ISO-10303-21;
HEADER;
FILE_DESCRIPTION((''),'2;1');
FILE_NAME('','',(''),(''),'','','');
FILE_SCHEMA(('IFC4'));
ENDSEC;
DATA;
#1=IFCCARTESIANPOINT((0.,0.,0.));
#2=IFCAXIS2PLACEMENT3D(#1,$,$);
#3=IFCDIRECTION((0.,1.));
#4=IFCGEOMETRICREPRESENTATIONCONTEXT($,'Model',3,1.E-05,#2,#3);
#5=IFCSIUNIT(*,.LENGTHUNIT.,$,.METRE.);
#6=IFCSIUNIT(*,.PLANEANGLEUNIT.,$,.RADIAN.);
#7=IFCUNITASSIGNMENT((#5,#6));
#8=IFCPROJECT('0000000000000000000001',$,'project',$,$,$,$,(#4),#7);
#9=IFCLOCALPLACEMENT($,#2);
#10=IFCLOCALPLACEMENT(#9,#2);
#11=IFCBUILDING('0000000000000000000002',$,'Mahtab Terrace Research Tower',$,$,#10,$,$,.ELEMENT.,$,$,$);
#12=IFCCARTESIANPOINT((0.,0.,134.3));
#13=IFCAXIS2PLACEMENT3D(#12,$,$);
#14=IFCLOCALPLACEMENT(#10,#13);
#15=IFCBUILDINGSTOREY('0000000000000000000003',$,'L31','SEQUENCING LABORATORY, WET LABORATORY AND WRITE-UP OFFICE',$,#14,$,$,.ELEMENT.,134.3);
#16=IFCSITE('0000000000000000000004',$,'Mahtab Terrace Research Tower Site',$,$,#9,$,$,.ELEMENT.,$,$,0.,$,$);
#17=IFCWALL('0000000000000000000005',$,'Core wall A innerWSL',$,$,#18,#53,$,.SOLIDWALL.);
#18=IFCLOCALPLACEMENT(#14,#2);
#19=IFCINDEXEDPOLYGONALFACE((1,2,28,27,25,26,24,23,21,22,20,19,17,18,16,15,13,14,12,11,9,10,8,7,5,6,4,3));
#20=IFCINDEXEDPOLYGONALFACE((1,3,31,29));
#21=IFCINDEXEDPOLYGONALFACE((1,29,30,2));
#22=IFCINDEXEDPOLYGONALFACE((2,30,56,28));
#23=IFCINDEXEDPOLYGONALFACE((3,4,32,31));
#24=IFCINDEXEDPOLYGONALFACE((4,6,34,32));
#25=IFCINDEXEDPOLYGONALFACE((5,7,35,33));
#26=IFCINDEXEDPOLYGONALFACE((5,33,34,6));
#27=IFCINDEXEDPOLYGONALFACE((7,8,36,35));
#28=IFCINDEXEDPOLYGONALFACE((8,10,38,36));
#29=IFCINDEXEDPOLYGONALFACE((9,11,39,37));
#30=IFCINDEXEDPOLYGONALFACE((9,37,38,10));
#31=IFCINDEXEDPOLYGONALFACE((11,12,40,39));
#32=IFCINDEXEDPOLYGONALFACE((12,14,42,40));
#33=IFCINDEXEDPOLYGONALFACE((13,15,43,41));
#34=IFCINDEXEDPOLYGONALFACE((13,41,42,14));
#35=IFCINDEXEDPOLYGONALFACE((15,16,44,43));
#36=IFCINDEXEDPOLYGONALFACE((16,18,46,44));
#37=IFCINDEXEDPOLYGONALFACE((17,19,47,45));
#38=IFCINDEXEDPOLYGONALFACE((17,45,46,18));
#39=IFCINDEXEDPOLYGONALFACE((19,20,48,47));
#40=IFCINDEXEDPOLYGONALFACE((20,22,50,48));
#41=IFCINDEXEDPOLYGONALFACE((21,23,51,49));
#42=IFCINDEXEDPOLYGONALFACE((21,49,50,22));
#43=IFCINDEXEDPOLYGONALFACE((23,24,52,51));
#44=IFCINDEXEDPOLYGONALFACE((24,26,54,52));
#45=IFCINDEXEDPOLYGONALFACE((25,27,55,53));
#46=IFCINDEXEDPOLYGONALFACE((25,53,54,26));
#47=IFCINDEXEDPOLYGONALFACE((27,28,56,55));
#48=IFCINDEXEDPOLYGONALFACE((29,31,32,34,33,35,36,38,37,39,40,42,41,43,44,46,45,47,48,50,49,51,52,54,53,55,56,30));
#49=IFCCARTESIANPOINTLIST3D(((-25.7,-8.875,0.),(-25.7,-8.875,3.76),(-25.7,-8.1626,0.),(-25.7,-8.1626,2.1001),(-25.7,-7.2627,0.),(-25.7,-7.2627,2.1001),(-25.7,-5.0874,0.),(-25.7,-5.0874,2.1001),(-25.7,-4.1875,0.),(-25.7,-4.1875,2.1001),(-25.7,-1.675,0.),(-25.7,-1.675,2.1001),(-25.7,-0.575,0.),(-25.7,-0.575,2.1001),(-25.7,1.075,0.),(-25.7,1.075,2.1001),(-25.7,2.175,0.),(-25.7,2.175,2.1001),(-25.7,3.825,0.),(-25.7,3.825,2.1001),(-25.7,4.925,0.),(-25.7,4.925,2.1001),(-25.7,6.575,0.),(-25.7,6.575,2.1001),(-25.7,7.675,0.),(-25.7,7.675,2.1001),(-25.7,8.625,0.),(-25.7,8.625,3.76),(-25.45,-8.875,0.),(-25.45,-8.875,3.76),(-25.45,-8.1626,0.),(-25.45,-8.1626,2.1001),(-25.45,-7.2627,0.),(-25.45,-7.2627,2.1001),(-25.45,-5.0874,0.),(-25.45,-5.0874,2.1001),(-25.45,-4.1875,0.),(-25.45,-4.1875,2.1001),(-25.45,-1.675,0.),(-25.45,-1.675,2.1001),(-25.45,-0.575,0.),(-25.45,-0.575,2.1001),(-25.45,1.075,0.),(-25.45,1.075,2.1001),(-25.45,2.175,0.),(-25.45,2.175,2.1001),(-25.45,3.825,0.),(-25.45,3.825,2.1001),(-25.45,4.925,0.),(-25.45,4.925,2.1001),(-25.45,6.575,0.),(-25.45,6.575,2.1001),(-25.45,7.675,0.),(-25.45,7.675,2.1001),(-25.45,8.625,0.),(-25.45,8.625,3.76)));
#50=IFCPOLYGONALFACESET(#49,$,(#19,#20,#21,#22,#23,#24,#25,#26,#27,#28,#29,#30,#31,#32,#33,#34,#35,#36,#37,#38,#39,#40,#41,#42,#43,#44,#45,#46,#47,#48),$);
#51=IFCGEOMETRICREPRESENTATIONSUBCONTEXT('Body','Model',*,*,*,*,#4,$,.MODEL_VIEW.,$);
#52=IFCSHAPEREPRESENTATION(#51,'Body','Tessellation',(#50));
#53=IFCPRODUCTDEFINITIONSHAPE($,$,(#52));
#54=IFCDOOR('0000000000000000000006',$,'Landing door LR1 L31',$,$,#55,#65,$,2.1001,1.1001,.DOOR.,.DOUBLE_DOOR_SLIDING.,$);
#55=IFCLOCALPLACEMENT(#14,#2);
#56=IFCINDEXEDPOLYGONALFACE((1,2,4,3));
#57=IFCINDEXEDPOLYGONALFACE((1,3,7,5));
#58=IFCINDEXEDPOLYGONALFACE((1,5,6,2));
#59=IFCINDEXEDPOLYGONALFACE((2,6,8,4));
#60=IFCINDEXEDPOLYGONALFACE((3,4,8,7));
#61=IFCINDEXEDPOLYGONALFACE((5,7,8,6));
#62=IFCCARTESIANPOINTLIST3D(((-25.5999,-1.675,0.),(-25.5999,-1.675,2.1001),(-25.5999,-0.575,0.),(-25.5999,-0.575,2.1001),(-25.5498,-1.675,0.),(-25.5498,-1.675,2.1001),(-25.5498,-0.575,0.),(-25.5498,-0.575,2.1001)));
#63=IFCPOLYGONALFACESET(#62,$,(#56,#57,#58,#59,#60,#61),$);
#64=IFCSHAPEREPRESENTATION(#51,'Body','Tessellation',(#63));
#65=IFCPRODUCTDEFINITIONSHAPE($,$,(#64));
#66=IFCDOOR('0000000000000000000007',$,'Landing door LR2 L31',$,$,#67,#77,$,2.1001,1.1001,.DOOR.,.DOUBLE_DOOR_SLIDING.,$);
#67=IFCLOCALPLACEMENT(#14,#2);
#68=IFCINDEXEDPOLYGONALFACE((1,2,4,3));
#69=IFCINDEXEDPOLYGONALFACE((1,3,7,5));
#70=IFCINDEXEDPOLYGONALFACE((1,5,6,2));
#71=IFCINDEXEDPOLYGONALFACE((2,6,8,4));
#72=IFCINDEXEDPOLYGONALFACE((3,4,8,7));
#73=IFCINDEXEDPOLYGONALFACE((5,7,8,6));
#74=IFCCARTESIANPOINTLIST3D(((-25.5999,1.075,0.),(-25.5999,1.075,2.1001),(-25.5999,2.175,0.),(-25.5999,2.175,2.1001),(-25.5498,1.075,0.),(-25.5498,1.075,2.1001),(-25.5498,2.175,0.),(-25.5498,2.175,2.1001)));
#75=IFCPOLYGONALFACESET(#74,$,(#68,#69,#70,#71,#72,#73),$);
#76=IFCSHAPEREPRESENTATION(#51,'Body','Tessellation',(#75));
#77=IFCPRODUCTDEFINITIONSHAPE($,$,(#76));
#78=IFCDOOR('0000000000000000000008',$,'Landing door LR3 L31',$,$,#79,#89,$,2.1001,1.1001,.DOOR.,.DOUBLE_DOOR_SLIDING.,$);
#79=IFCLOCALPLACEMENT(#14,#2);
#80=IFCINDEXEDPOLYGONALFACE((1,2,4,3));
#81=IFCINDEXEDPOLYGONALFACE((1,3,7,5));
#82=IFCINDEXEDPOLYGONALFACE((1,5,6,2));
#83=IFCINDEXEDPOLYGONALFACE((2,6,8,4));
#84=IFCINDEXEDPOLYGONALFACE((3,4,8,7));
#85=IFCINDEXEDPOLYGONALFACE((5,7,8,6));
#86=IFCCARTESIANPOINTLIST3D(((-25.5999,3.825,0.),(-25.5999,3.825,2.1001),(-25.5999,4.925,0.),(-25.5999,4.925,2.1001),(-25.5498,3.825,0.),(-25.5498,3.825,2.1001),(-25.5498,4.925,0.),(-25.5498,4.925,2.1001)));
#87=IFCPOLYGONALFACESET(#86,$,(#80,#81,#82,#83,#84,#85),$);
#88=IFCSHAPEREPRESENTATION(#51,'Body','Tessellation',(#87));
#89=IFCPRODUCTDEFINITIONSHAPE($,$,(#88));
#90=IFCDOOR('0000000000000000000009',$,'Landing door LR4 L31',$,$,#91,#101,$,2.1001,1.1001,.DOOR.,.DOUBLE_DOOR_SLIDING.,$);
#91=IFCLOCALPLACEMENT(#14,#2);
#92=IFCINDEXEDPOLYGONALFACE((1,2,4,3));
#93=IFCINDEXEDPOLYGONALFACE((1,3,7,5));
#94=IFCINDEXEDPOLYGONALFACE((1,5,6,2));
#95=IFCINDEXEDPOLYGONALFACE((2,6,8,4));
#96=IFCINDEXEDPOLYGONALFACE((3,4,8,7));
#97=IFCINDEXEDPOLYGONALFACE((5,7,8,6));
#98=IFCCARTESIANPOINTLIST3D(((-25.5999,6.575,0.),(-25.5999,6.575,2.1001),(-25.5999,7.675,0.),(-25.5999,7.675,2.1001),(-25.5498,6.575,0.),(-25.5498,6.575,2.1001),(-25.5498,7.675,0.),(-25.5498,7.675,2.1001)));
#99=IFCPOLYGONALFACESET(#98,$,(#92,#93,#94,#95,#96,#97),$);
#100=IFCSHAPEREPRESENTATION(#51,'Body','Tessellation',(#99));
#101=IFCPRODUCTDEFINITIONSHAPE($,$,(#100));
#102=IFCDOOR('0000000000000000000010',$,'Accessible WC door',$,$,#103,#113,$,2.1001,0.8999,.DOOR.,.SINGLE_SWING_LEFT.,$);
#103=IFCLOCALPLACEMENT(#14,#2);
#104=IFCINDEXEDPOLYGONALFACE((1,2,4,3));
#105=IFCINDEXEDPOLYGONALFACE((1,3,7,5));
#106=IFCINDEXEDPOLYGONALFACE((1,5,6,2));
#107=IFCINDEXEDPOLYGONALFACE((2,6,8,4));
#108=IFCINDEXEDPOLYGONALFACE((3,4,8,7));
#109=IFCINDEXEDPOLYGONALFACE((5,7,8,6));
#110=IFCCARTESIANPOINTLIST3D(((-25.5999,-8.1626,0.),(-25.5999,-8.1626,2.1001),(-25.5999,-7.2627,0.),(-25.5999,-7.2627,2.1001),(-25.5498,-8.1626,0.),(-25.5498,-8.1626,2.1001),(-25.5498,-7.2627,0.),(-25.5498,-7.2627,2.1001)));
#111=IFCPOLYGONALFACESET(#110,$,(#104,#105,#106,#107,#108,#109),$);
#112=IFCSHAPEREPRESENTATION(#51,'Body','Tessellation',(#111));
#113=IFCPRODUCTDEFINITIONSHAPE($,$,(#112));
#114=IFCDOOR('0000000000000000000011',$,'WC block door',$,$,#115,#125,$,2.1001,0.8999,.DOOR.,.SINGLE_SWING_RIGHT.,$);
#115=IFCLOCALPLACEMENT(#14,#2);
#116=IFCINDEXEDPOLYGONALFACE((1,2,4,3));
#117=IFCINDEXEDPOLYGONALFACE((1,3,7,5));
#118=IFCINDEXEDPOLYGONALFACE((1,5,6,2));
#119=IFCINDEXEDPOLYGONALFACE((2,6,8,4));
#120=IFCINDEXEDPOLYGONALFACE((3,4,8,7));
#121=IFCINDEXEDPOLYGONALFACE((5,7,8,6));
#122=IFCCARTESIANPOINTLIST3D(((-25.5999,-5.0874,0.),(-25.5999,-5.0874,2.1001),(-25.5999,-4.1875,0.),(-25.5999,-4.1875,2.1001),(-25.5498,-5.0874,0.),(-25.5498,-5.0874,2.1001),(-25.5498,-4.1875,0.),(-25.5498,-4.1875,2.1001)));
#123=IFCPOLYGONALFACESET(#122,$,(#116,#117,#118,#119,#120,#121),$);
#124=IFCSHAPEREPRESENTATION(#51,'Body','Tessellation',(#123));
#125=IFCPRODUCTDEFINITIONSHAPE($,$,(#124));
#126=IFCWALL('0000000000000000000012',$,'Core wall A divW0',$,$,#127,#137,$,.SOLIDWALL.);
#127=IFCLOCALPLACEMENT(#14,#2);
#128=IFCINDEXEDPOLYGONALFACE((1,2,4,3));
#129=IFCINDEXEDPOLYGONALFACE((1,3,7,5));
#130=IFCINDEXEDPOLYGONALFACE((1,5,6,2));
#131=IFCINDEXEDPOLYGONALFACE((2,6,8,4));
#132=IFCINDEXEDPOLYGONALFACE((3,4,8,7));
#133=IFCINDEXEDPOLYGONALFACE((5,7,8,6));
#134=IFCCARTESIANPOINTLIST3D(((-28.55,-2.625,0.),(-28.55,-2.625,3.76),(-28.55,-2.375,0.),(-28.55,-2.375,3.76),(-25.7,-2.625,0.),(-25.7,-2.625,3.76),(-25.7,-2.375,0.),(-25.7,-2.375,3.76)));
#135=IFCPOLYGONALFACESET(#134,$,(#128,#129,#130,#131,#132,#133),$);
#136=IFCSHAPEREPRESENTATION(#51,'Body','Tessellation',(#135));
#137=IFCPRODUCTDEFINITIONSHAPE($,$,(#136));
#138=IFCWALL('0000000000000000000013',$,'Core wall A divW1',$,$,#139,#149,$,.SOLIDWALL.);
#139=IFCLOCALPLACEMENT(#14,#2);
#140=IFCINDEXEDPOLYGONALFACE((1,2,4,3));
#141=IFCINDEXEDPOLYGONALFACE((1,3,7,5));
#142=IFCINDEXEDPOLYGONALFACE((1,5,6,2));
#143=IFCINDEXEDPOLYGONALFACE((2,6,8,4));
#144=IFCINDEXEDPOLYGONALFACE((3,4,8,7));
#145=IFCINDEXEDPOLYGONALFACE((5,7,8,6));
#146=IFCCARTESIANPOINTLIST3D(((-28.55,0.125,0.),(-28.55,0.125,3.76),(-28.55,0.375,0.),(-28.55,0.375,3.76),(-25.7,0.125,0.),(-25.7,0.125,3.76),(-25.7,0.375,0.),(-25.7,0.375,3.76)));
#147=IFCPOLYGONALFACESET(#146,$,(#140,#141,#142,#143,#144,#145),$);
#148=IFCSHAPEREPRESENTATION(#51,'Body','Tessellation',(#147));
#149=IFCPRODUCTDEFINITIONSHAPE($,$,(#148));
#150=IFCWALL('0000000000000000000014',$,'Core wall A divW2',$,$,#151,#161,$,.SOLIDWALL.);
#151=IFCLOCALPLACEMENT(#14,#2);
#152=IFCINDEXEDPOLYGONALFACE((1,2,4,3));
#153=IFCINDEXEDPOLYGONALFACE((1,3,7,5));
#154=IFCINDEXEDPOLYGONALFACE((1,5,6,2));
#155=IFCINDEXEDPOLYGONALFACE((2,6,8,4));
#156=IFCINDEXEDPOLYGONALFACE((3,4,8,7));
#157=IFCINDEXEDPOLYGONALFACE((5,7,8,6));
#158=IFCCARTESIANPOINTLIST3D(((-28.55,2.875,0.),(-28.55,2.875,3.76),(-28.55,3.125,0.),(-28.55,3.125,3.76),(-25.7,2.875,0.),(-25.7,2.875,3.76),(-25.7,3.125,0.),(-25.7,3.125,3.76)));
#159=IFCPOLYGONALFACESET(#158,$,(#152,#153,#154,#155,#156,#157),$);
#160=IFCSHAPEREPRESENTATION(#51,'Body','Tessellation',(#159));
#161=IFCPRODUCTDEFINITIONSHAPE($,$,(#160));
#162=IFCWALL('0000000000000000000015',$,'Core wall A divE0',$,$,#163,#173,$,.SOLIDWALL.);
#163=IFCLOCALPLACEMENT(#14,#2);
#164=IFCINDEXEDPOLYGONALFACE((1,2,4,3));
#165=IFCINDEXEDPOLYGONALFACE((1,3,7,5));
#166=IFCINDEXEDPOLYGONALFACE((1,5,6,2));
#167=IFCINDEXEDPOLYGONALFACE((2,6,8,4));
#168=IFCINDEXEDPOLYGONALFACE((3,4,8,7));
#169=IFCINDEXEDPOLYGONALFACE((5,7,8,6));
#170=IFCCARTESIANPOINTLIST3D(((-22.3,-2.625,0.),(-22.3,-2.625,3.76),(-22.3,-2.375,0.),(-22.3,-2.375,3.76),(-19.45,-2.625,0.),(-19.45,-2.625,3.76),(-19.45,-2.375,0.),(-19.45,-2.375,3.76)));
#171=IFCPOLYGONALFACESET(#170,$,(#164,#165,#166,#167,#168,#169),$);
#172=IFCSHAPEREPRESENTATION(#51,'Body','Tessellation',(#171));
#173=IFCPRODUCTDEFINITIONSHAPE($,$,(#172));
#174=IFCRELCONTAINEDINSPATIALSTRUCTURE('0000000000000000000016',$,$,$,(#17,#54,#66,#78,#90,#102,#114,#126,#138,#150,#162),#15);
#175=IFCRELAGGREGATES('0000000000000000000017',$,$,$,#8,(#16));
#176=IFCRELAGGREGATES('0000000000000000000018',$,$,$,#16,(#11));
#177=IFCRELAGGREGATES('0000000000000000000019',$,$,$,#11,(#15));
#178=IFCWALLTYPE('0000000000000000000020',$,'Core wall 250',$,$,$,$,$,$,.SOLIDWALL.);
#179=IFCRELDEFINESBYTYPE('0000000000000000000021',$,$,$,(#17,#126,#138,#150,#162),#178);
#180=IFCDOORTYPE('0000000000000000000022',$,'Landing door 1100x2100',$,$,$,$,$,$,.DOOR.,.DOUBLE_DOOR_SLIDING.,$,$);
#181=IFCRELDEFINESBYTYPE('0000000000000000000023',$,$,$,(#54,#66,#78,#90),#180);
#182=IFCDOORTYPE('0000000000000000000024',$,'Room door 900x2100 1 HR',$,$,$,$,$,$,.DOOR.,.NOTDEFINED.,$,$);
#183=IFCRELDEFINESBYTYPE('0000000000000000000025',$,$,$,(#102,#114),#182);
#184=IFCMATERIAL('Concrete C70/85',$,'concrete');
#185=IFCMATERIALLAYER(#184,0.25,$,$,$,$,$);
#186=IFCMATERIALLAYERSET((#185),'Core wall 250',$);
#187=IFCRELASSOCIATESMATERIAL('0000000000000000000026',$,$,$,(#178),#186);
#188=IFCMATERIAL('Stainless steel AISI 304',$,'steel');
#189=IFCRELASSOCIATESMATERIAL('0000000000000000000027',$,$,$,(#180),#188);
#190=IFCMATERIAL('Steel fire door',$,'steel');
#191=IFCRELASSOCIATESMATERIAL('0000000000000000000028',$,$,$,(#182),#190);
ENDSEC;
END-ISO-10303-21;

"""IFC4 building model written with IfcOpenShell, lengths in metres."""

from ifc_helpers import new_model, si_unit, direction, frame, frame_2d, origin, place, context, subcontext, project, spatial, rectangle, extrude, material, layer, layer_set, type_object, element, fill, save


model = new_model("IFC4")

# Units and contexts
model_context = context("Model", 3, precision=1e-05, world=origin(), true_north=direction((0.0, 1.0)))
body_context = subcontext(model_context, "Body", "Model", "MODEL_VIEW")
ifc_project = project(units=[si_unit("LENGTHUNIT", "METRE"), si_unit("PLANEANGLEUNIT", "RADIAN")], contexts=[model_context])

# Site, building, storey
site_placement = place(None, origin())
site = spatial("IfcSite", under=ifc_project, at=site_placement, Name="Mahtab Terrace Research Tower Site", CompositionType="ELEMENT", RefElevation=0.0)
building_placement = place(site_placement, origin())
building = spatial("IfcBuilding", under=site, at=building_placement, Name="Mahtab Terrace Research Tower", CompositionType="ELEMENT")
storey_placement = place(building_placement, frame((0.0, 0.0, 134.3)))
storey = spatial("IfcBuildingStorey", under=building, at=storey_placement, Name="L31", Description="SEQUENCING LABORATORY, WET LABORATORY AND WRITE-UP OFFICE", CompositionType="ELEMENT", Elevation=134.3)

# Shared definitions
ifc_material_1 = material(Name="Concrete C70/85", Category="concrete")

# Shared definitions
ifc_layer_1 = layer(ifc_material_1, 0.25)
ifc_layer_set_1 = layer_set([ifc_layer_1], Name="Core wall 250")
wall_type_1 = type_object("IfcWallType", Name="Core wall 250", PredefinedType="SOLIDWALL", material=ifc_layer_set_1)

# Shared definitions
ifc_material_2 = material(Name="Steel fire door", Category="steel")

# Wall, openings, doors
wall_1_placement = place(storey_placement, frame((-25.575, -8.875, 0.0), z_axis=(0.0, 0.0, 1.0), x_axis=(0.0, 1.0, 0.0)))
wall_1 = element("IfcWall", 1, at=wall_1_placement, inside=storey, type_object=wall_type_1, Name="Core wall A innerWSL", PredefinedType="SOLIDWALL", context=body_context, shape_type="SweptSolid", body=[
    extrude(rectangle(XDim=17.5, YDim=0.25, at=frame_2d((8.75, 0.0))), origin(), (0.0, 0.0, 1.0), 3.76),
])
opening_1_placement = place(wall_1_placement, frame((7.2, 0.0, 0.0)))
opening_1 = element("IfcOpeningElement", 2, at=opening_1_placement, cuts=wall_1, PredefinedType="OPENING", context=body_context, shape_type="SweptSolid", body=[
    extrude(rectangle(XDim=1.1001, YDim=2.1001, at=frame_2d((0.55, 1.05))), frame((0.0, 0.135, 0.0), z_axis=(0.0, -1.0, 0.0), x_axis=(1.0, 0.0, 0.0)), (0.0, 0.0, 1.0), 0.27),
])
opening_2_placement = place(wall_1_placement, frame((9.95, 0.0, 0.0)))
opening_2 = element("IfcOpeningElement", 3, at=opening_2_placement, cuts=wall_1, PredefinedType="OPENING", context=body_context, shape_type="SweptSolid", body=[
    extrude(rectangle(XDim=1.1001, YDim=2.1001, at=frame_2d((0.55, 1.05))), frame((0.0, 0.135, 0.0), z_axis=(0.0, -1.0, 0.0), x_axis=(1.0, 0.0, 0.0)), (0.0, 0.0, 1.0), 0.27),
])
opening_3_placement = place(wall_1_placement, frame((12.7, 0.0, 0.0)))
opening_3 = element("IfcOpeningElement", 4, at=opening_3_placement, cuts=wall_1, PredefinedType="OPENING", context=body_context, shape_type="SweptSolid", body=[
    extrude(rectangle(XDim=1.1001, YDim=2.1001, at=frame_2d((0.55, 1.05))), frame((0.0, 0.135, 0.0), z_axis=(0.0, -1.0, 0.0), x_axis=(1.0, 0.0, 0.0)), (0.0, 0.0, 1.0), 0.27),
])
opening_4_placement = place(wall_1_placement, frame((15.45, 0.0, 0.0)))
opening_4 = element("IfcOpeningElement", 5, at=opening_4_placement, cuts=wall_1, PredefinedType="OPENING", context=body_context, shape_type="SweptSolid", body=[
    extrude(rectangle(XDim=1.1001, YDim=2.1001, at=frame_2d((0.55, 1.05))), frame((0.0, 0.135, 0.0), z_axis=(0.0, -1.0, 0.0), x_axis=(1.0, 0.0, 0.0)), (0.0, 0.0, 1.0), 0.27),
])
opening_5_placement = place(wall_1_placement, frame((0.7124, 0.0, 0.0)))
opening_5 = element("IfcOpeningElement", 6, at=opening_5_placement, cuts=wall_1, PredefinedType="OPENING", context=body_context, shape_type="SweptSolid", body=[
    extrude(rectangle(XDim=0.8999, YDim=2.1001, at=frame_2d((0.45, 1.05))), frame((0.0, 0.135, 0.0), z_axis=(0.0, -1.0, 0.0), x_axis=(1.0, 0.0, 0.0)), (0.0, 0.0, 1.0), 0.27),
])
opening_6_placement = place(wall_1_placement, frame((3.7876, 0.0, 0.0)))
opening_6 = element("IfcOpeningElement", 7, at=opening_6_placement, cuts=wall_1, PredefinedType="OPENING", context=body_context, shape_type="SweptSolid", body=[
    extrude(rectangle(XDim=0.8999, YDim=2.1001, at=frame_2d((0.45, 1.05))), frame((0.0, 0.135, 0.0), z_axis=(0.0, -1.0, 0.0), x_axis=(1.0, 0.0, 0.0)), (0.0, 0.0, 1.0), 0.27),
])
ifc_material_3 = material(Name="Stainless steel AISI 304", Category="steel")
door_type_1 = type_object("IfcDoorType", Name="Landing door 1100x2100", OperationType="DOUBLE_DOOR_SLIDING", PredefinedType="DOOR", material=ifc_material_3)
door_1_placement = place(opening_1_placement, origin())
door_1 = element("IfcDoor", 8, at=door_1_placement, inside=storey, type_object=door_type_1, Name="Landing door LR1 L31", OperationType="DOUBLE_DOOR_SLIDING", OverallHeight=2.1001, OverallWidth=1.1001, PredefinedType="DOOR", context=body_context, shape_type="SweptSolid", body=[
    extrude(rectangle(XDim=1.1001, YDim=2.1001, at=frame_2d((0.55, 1.05))), frame((0.0, 0.0249, 0.0), z_axis=(0.0, -1.0, 0.0), x_axis=(1.0, 0.0, 0.0)), (0.0, 0.0, 1.0), 0.05),
])
fill(opening_1, door_1)
door_2_placement = place(opening_2_placement, origin())
door_2 = element("IfcDoor", 9, at=door_2_placement, inside=storey, type_object=door_type_1, Name="Landing door LR2 L31", OperationType="DOUBLE_DOOR_SLIDING", OverallHeight=2.1001, OverallWidth=1.1001, PredefinedType="DOOR", context=body_context, shape_type="SweptSolid", body=[
    extrude(rectangle(XDim=1.1001, YDim=2.1001, at=frame_2d((0.55, 1.05))), frame((0.0, 0.0249, 0.0), z_axis=(0.0, -1.0, 0.0), x_axis=(1.0, 0.0, 0.0)), (0.0, 0.0, 1.0), 0.05),
])
fill(opening_2, door_2)
door_3_placement = place(opening_3_placement, origin())
door_3 = element("IfcDoor", 10, at=door_3_placement, inside=storey, type_object=door_type_1, Name="Landing door LR3 L31", OperationType="DOUBLE_DOOR_SLIDING", OverallHeight=2.1001, OverallWidth=1.1001, PredefinedType="DOOR", context=body_context, shape_type="SweptSolid", body=[
    extrude(rectangle(XDim=1.1001, YDim=2.1001, at=frame_2d((0.55, 1.05))), frame((0.0, 0.0249, 0.0), z_axis=(0.0, -1.0, 0.0), x_axis=(1.0, 0.0, 0.0)), (0.0, 0.0, 1.0), 0.05),
])
fill(opening_3, door_3)
door_4_placement = place(opening_4_placement, origin())
door_4 = element("IfcDoor", 11, at=door_4_placement, inside=storey, type_object=door_type_1, Name="Landing door LR4 L31", OperationType="DOUBLE_DOOR_SLIDING", OverallHeight=2.1001, OverallWidth=1.1001, PredefinedType="DOOR", context=body_context, shape_type="SweptSolid", body=[
    extrude(rectangle(XDim=1.1001, YDim=2.1001, at=frame_2d((0.55, 1.05))), frame((0.0, 0.0249, 0.0), z_axis=(0.0, -1.0, 0.0), x_axis=(1.0, 0.0, 0.0)), (0.0, 0.0, 1.0), 0.05),
])
fill(opening_4, door_4)
door_type_2 = type_object("IfcDoorType", Name="Room door 900x2100 1 HR", OperationType="NOTDEFINED", PredefinedType="DOOR", material=ifc_material_2)
door_5_placement = place(opening_5_placement, origin())
door_5 = element("IfcDoor", 12, at=door_5_placement, inside=storey, type_object=door_type_2, Name="Accessible WC door", OperationType="SINGLE_SWING_LEFT", OverallHeight=2.1001, OverallWidth=0.8999, PredefinedType="DOOR", context=body_context, shape_type="SweptSolid", body=[
    extrude(rectangle(XDim=0.8999, YDim=2.1001, at=frame_2d((0.45, 1.05))), frame((0.0, 0.0249, 0.0), z_axis=(0.0, -1.0, 0.0), x_axis=(1.0, 0.0, 0.0)), (0.0, 0.0, 1.0), 0.05),
])
fill(opening_5, door_5)
door_6_placement = place(opening_6_placement, origin())
door_6 = element("IfcDoor", 13, at=door_6_placement, inside=storey, type_object=door_type_2, Name="WC block door", OperationType="SINGLE_SWING_RIGHT", OverallHeight=2.1001, OverallWidth=0.8999, PredefinedType="DOOR", context=body_context, shape_type="SweptSolid", body=[
    extrude(rectangle(XDim=0.8999, YDim=2.1001, at=frame_2d((0.45, 1.05))), frame((0.0, 0.0249, 0.0), z_axis=(0.0, -1.0, 0.0), x_axis=(1.0, 0.0, 0.0)), (0.0, 0.0, 1.0), 0.05),
])
fill(opening_6, door_6)

# Walls
for number, where, z_axis, x_axis, name in (
    (14, (-28.55, -2.5, 0.0), (0.0, 0.0, 1.0), (1.0, 0.0, 0.0), "Core wall A divW0"),
    (15, (-28.55, 0.25, 0.0), (0.0, 0.0, 1.0), (1.0, 0.0, 0.0), "Core wall A divW1"),
    (16, (-28.55, 3.0, 0.0), (0.0, 0.0, 1.0), (1.0, 0.0, 0.0), "Core wall A divW2"),
    (17, (-22.3, -2.5, 0.0), (0.0, 0.0, 1.0), (1.0, 0.0, 0.0), "Core wall A divE0"),
):
    element("IfcWall", number, at=place(storey_placement, frame(where, z_axis=z_axis, x_axis=x_axis)), inside=storey, type_object=wall_type_1, Name=name, PredefinedType="SOLIDWALL", context=body_context, shape_type="SweptSolid", body=[
        extrude(rectangle(XDim=2.8501, YDim=0.25, at=frame_2d((1.425, 0.0))), origin(), (0.0, 0.0, 1.0), 3.76),
    ])

save(model, "model.ifc")
